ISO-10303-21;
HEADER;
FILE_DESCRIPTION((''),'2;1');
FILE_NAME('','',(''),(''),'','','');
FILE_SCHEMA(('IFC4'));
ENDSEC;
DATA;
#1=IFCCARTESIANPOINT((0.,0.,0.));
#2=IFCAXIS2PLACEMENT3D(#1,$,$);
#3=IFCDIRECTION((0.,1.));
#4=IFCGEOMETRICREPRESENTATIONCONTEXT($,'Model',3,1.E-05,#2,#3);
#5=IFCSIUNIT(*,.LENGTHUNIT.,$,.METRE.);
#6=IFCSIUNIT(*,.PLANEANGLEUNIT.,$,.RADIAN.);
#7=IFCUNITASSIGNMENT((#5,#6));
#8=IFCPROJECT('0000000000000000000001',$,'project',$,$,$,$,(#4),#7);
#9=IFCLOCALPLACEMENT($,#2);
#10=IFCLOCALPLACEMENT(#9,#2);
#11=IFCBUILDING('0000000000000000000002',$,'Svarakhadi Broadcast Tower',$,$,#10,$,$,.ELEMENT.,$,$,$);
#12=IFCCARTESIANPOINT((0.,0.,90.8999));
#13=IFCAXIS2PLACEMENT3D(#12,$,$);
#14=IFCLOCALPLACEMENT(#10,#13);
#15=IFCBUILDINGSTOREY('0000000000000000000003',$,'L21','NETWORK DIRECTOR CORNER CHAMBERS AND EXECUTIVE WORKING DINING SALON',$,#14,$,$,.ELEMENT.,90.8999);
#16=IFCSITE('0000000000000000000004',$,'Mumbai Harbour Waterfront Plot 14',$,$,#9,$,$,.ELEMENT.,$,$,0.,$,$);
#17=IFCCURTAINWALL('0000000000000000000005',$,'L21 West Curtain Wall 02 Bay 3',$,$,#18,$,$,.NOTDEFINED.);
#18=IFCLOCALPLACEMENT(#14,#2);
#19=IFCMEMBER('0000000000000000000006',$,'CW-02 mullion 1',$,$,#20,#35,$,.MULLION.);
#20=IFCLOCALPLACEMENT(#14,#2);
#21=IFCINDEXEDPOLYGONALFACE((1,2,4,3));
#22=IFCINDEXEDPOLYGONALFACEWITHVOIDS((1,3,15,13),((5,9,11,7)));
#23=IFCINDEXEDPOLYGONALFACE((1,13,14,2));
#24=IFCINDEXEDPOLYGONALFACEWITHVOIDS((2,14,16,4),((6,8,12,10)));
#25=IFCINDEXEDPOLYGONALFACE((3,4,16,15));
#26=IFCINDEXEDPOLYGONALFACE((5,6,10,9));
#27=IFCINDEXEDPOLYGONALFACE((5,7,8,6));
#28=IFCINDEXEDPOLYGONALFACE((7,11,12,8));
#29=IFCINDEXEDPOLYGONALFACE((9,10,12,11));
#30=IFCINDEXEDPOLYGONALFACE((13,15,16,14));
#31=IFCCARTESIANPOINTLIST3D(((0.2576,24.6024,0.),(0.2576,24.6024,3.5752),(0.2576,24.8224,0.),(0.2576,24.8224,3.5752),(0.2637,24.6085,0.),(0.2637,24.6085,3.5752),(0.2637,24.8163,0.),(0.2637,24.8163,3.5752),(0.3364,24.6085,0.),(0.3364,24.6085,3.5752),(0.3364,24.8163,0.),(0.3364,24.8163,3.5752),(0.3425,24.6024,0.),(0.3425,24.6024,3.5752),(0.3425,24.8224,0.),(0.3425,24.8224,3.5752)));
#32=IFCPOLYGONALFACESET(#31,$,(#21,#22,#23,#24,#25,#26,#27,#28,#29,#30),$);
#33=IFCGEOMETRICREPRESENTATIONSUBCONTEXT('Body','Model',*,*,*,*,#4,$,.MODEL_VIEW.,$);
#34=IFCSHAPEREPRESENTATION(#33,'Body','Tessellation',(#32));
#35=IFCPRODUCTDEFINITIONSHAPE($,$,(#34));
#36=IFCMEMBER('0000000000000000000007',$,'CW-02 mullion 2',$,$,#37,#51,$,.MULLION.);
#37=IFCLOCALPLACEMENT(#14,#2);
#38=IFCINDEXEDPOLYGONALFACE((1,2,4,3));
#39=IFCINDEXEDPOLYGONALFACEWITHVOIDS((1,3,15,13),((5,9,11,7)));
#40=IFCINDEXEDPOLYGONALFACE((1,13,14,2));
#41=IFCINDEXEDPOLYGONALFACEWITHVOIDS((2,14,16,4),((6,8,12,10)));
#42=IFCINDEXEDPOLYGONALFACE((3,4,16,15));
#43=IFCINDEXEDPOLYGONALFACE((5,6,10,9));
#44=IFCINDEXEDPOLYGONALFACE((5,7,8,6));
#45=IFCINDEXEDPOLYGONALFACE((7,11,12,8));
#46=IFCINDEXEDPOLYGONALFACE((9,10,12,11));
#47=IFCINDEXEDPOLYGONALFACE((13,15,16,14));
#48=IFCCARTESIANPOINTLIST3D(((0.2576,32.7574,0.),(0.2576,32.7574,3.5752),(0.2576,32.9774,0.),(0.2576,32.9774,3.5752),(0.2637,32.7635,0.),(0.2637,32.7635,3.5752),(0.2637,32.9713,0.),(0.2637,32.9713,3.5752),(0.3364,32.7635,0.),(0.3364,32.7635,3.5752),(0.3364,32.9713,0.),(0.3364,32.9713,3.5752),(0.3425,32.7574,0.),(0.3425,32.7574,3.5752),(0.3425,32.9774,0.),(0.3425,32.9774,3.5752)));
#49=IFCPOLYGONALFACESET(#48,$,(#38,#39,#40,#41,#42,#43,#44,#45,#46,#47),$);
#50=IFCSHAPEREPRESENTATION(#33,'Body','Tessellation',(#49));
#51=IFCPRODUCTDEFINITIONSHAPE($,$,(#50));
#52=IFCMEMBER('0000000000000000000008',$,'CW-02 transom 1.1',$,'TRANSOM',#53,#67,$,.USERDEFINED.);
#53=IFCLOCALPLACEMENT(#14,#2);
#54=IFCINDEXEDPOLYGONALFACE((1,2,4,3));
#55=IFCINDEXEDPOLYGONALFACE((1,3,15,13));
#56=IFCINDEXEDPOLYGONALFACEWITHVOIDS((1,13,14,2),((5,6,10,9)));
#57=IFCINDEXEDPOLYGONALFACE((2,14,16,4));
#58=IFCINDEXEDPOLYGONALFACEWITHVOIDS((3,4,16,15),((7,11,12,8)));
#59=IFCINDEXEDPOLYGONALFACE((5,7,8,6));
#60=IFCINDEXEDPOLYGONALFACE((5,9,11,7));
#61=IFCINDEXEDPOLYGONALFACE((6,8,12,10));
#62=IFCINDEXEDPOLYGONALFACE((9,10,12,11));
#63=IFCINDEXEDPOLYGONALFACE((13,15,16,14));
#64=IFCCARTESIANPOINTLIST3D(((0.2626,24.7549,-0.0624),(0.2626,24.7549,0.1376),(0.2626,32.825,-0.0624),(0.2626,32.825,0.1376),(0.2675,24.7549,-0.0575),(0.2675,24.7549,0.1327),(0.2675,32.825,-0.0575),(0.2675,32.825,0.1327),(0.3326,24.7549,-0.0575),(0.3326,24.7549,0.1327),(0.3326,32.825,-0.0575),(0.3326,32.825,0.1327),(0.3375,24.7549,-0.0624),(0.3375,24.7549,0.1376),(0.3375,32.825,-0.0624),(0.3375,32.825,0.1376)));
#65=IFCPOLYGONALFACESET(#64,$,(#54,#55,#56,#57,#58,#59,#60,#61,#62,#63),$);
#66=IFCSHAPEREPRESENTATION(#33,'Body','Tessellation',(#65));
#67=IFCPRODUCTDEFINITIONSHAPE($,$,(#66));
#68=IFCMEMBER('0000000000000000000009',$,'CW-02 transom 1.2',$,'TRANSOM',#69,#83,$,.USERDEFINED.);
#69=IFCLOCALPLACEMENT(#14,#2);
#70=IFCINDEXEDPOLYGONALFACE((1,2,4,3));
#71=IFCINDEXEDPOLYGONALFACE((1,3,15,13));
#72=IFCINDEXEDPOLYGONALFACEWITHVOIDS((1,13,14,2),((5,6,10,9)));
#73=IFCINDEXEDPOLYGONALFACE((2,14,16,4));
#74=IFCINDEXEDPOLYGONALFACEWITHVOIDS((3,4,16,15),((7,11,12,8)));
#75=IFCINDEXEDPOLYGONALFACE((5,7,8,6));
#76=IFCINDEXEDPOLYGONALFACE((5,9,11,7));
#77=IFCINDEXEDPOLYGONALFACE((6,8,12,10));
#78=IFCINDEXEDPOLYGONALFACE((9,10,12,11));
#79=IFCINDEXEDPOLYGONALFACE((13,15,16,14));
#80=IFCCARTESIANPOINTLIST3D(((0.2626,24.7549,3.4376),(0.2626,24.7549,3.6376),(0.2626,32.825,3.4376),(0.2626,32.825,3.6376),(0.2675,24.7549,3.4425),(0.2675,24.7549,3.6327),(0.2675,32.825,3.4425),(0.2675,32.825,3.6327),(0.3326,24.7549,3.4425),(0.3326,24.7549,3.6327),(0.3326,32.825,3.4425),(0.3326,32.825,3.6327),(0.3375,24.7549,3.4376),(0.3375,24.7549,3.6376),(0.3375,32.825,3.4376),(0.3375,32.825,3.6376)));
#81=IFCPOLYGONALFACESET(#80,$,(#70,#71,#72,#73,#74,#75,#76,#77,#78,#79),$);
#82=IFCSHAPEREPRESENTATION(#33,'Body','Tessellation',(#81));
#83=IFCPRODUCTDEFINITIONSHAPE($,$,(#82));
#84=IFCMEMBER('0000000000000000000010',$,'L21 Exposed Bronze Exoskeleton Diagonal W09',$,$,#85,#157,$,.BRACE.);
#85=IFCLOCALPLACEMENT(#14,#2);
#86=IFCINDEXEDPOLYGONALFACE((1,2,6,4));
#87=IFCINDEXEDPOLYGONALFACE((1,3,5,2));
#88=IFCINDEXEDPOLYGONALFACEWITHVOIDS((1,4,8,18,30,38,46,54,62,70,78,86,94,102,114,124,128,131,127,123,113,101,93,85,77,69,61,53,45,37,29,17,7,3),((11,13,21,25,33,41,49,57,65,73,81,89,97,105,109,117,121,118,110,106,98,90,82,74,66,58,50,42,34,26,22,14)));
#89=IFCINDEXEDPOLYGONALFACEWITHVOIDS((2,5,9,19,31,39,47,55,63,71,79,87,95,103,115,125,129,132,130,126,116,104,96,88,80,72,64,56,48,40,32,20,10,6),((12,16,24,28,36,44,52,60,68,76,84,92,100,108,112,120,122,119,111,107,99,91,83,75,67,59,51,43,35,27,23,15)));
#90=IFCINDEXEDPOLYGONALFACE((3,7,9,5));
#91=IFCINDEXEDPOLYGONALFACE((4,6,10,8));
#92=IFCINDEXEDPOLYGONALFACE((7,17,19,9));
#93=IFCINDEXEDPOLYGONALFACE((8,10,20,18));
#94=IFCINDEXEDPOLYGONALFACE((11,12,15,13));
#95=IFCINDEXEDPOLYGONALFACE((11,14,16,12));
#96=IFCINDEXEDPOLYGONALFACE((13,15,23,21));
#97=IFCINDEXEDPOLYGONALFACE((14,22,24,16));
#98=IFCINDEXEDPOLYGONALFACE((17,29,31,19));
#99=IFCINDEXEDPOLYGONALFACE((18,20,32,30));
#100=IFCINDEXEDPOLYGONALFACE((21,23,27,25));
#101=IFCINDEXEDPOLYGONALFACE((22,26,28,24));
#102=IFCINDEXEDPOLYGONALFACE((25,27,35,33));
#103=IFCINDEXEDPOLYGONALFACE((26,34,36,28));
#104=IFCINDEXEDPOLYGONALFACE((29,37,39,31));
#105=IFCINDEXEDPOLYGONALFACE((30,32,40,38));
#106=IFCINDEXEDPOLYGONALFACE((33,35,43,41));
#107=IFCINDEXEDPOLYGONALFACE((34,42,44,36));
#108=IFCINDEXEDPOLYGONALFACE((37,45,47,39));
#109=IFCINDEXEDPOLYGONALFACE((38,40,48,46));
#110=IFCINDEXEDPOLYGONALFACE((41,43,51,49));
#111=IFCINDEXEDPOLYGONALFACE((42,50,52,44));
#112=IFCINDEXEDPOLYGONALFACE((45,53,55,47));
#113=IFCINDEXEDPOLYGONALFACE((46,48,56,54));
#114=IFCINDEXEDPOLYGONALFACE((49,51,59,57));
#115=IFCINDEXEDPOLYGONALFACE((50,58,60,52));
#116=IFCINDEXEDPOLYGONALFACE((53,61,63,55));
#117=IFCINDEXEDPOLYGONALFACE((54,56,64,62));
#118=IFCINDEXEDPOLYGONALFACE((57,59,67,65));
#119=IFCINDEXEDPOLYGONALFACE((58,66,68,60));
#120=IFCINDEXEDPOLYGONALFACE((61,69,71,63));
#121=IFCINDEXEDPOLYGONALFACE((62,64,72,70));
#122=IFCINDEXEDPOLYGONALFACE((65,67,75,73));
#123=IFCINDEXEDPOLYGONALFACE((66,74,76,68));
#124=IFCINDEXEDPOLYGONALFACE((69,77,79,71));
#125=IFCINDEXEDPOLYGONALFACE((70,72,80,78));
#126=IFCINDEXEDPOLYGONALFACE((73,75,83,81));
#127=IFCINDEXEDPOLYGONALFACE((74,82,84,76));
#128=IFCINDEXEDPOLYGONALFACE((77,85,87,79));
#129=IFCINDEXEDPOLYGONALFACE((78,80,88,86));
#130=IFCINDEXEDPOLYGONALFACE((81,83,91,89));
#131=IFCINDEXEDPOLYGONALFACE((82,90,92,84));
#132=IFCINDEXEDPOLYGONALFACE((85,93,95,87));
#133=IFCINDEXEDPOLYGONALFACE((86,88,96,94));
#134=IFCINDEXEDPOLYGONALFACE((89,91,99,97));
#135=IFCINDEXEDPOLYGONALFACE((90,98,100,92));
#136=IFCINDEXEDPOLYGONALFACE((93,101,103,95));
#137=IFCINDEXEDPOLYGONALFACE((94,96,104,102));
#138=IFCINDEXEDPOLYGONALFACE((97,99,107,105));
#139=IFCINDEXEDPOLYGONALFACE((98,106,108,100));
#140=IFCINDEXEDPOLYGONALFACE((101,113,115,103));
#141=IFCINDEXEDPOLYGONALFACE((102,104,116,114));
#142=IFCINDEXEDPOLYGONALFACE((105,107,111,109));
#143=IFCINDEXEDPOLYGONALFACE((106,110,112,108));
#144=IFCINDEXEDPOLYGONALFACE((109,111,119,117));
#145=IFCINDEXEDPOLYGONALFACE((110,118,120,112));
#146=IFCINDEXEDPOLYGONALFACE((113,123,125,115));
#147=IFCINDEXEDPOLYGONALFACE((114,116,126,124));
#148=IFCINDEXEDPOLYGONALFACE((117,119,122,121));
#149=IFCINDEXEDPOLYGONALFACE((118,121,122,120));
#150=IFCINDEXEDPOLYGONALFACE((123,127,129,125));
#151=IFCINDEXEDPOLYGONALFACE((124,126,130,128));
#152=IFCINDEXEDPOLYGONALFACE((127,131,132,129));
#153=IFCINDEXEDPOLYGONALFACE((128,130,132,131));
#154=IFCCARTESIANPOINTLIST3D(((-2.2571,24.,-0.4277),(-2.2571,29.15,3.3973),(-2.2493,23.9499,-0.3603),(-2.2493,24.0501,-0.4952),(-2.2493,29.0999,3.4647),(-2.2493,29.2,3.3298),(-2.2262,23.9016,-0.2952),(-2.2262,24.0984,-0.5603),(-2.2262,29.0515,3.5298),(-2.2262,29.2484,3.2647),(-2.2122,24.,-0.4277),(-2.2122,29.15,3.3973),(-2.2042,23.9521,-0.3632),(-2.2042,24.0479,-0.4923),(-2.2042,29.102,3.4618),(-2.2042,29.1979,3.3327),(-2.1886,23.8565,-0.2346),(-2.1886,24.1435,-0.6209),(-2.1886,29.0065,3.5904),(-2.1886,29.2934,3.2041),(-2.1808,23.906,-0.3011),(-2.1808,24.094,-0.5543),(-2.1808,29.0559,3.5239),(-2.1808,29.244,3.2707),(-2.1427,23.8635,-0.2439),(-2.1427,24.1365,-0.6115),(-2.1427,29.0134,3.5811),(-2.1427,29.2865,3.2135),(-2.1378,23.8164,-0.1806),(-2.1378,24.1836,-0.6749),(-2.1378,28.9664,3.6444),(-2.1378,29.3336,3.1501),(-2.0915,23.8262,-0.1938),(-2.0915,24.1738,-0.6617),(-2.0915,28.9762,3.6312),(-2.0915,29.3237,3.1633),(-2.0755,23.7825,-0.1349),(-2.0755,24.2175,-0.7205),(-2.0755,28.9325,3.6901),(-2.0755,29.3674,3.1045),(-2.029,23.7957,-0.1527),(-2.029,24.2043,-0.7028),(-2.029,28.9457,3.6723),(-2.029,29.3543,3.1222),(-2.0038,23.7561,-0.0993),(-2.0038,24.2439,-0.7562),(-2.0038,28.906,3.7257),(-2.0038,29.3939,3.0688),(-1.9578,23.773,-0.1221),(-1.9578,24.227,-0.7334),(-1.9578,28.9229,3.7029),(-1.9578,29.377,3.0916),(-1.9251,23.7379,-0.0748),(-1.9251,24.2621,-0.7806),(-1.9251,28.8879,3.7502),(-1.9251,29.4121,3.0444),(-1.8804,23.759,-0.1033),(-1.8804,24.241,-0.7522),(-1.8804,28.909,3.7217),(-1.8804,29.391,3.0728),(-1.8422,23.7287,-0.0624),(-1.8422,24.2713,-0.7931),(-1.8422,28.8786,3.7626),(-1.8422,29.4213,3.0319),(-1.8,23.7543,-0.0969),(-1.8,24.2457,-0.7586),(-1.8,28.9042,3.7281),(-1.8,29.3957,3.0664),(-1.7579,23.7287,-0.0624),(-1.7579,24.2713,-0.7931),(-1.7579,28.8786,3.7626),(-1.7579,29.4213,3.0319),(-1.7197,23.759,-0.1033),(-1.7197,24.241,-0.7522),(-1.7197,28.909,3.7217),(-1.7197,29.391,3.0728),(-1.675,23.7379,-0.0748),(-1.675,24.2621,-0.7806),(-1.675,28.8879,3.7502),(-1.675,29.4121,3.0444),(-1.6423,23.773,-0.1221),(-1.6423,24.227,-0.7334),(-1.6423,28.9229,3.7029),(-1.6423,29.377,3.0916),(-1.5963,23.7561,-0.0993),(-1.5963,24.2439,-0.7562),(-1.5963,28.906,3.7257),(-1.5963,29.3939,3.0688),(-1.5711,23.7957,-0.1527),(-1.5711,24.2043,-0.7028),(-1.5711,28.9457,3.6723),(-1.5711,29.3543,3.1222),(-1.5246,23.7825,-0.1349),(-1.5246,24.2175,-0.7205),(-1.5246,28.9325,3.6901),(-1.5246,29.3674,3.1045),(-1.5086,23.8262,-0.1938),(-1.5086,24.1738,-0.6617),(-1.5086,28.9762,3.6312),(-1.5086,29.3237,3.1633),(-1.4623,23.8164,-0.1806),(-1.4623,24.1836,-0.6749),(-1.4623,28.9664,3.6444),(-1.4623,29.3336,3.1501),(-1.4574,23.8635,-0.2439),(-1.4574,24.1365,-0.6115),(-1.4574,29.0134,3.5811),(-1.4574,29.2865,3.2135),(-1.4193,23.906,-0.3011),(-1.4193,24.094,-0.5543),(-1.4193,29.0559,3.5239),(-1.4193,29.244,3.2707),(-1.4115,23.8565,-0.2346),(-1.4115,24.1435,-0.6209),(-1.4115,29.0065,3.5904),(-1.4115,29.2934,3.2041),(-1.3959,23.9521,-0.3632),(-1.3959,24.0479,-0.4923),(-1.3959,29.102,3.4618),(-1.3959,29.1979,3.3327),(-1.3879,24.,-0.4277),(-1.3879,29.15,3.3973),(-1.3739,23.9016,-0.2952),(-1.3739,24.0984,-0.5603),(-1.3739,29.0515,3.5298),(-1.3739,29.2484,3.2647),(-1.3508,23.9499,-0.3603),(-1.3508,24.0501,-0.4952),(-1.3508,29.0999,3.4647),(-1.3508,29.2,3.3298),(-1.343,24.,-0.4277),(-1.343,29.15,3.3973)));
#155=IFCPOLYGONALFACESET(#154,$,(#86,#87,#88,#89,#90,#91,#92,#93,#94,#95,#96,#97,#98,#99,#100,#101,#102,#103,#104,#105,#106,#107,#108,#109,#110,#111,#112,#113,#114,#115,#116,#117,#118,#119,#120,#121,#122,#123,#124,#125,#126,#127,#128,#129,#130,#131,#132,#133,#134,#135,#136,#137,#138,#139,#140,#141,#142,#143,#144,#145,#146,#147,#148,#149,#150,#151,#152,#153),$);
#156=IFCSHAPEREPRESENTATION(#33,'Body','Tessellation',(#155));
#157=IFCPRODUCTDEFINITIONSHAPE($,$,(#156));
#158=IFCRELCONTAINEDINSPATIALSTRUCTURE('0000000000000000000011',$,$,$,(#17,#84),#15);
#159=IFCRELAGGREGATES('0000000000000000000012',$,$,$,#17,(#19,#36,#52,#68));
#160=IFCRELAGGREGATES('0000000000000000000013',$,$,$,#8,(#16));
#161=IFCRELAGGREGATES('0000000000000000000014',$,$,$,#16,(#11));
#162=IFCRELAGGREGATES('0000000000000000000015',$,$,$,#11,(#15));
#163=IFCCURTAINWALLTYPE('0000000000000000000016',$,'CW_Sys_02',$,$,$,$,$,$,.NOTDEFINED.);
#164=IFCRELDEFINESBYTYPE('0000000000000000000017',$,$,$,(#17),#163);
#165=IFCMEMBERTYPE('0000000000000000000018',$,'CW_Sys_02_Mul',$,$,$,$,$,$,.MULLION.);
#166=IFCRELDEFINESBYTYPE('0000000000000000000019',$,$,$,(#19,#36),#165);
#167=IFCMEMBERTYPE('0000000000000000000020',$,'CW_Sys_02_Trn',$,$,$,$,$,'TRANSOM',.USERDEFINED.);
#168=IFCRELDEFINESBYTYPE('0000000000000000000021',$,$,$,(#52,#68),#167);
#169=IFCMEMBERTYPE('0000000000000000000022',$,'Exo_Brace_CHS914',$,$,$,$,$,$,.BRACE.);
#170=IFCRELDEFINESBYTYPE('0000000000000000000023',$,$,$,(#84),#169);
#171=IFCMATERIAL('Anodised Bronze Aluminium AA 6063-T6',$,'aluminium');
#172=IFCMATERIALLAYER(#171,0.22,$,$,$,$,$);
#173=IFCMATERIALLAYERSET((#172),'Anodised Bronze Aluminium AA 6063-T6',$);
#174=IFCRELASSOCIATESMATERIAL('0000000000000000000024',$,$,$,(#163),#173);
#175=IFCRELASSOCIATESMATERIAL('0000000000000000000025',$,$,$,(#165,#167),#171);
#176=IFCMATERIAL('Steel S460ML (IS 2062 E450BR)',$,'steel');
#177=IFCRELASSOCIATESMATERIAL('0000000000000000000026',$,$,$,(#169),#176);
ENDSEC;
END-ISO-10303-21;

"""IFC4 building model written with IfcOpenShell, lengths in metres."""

from ifc_helpers import new_model, si_unit, direction, frame, origin, origin_2d, place, context, subcontext, project, spatial, hollow_rectangle, hollow_circle, extrude, material, layer, layer_set, material_profile, profile_set, type_object, element, aggregate, save


model = new_model("IFC4")

# Units and contexts
model_context = context("Model", 3, precision=1e-05, world=origin(), true_north=direction((0.0, 1.0)))
body_context = subcontext(model_context, "Body", "Model", "MODEL_VIEW")
ifc_project = project(units=[si_unit("LENGTHUNIT", "METRE"), si_unit("PLANEANGLEUNIT", "RADIAN")], contexts=[model_context])

# Site, building, storey
site_placement = place(None, origin())
site = spatial("IfcSite", under=ifc_project, at=site_placement, Name="Mumbai Harbour Waterfront Plot 14", CompositionType="ELEMENT", RefElevation=0.0)
building_placement = place(site_placement, origin())
building = spatial("IfcBuilding", under=site, at=building_placement, Name="Svarakhadi Broadcast Tower", CompositionType="ELEMENT")
storey_placement = place(building_placement, frame((0.0, 0.0, 90.8999)))
storey = spatial("IfcBuildingStorey", under=building, at=storey_placement, Name="L21", Description="NETWORK DIRECTOR CORNER CHAMBERS AND EXECUTIVE WORKING DINING SALON", CompositionType="ELEMENT", Elevation=90.8999)

# Shared definitions
ifc_material_1 = material(Name="Steel S460ML (IS 2062 E450BR)", Category="steel")

# Curtain wall, members
ifc_material_2 = material(Name="Anodised Bronze Aluminium AA 6063-T6", Category="aluminium")
ifc_layer_1 = layer(ifc_material_2, 0.22)
ifc_layer_set_1 = layer_set([ifc_layer_1], Name="Anodised Bronze Aluminium AA 6063-T6")
curtain_wall_type = type_object("IfcCurtainWallType", Name="CW_Sys_02", PredefinedType="NOTDEFINED", material=ifc_layer_set_1)
curtain_wall_placement = place(storey_placement, origin())
curtain_wall = element("IfcCurtainWall", 1, at=curtain_wall_placement, inside=storey, type_object=curtain_wall_type, Name="L21 West Curtain Wall 02 Bay 3", PredefinedType="NOTDEFINED")
ifc_material_profile_1 = material_profile(ifc_material_2, hollow_rectangle(XDim=0.085, YDim=0.22, WallThickness=0.0061, at=origin_2d()), Name="ALU MULLION 220x85x6")
ifc_profile_set_1 = profile_set([ifc_material_profile_1], Name="Anodised Bronze Aluminium AA 6063-T6")
member_type_1 = type_object("IfcMemberType", Name="CW_Sys_02_Mul", PredefinedType="MULLION", material=ifc_profile_set_1)
member_1_placement = place(storey_placement, frame((0.3, 24.7124, 0.0), z_axis=(0.0, 0.0, 1.0), x_axis=(-1.0, 0.0, 0.0)))
member_1 = element("IfcMember", 2, at=member_1_placement, type_object=member_type_1, Name="CW-02 mullion 1", PredefinedType="MULLION", context=body_context, shape_type="SweptSolid", body=[
    extrude(hollow_rectangle(XDim=0.085, YDim=0.22, WallThickness=0.0061, at=origin_2d()), origin(), (0.0, 0.0, 1.0), 3.5752),
])
member_2_placement = place(storey_placement, frame((0.3, 32.8674, 0.0), z_axis=(0.0, 0.0, 1.0), x_axis=(-1.0, 0.0, 0.0)))
member_2 = element("IfcMember", 3, at=member_2_placement, type_object=member_type_1, Name="CW-02 mullion 2", PredefinedType="MULLION", context=body_context, shape_type="SweptSolid", body=[
    extrude(hollow_rectangle(XDim=0.085, YDim=0.22, WallThickness=0.0061, at=origin_2d()), origin(), (0.0, 0.0, 1.0), 3.5752),
])
ifc_material_profile_2 = material_profile(ifc_material_2, hollow_rectangle(XDim=0.075, YDim=0.2, WallThickness=0.0049, at=origin_2d()), Name="ALU TRANSOM 200x75x5")
ifc_profile_set_2 = profile_set([ifc_material_profile_2], Name="Anodised Bronze Aluminium AA 6063-T6")
member_type_2 = type_object("IfcMemberType", Name="CW_Sys_02_Trn", ElementType="TRANSOM", PredefinedType="USERDEFINED", material=ifc_profile_set_2)
member_3_placement = place(storey_placement, frame((0.3, 24.7549, 0.0376), z_axis=(0.0, 1.0, 0.0), x_axis=(-1.0, 0.0, 0.0)))
member_3 = element("IfcMember", 4, at=member_3_placement, type_object=member_type_2, Name="CW-02 transom 1.1", ObjectType="TRANSOM", PredefinedType="USERDEFINED", context=body_context, shape_type="SweptSolid", body=[
    extrude(hollow_rectangle(XDim=0.075, YDim=0.2, WallThickness=0.0049, at=origin_2d()), origin(), (0.0, 0.0, 1.0), 8.0701),
])
member_4_placement = place(storey_placement, frame((0.3, 24.7549, 3.5376), z_axis=(0.0, 1.0, 0.0), x_axis=(-1.0, 0.0, 0.0)))
member_4 = element("IfcMember", 5, at=member_4_placement, type_object=member_type_2, Name="CW-02 transom 1.2", ObjectType="TRANSOM", PredefinedType="USERDEFINED", context=body_context, shape_type="SweptSolid", body=[
    extrude(hollow_rectangle(XDim=0.075, YDim=0.2, WallThickness=0.0049, at=origin_2d()), origin(), (0.0, 0.0, 1.0), 8.0701),
])

# Member
ifc_material_profile_3 = material_profile(ifc_material_1, hollow_circle(Radius=0.457, WallThickness=0.0449, at=origin_2d()), Name="CHS 914x45")
ifc_profile_set_3 = profile_set([ifc_material_profile_3], Name="Steel S460ML (IS 2062 E450BR)")
member_type_3 = type_object("IfcMemberType", Name="Exo_Brace_CHS914", PredefinedType="BRACE", material=ifc_profile_set_3)
member_5_placement = place(storey_placement, frame((-1.8, 24.0, -0.4277), z_axis=(0.0, 0.802795, 0.596255), x_axis=(-1.0, 0.0, 0.0)))
element("IfcMember", 6, at=member_5_placement, inside=storey, type_object=member_type_3, Name="L21 Exposed Bronze Exoskeleton Diagonal W09", PredefinedType="BRACE", context=body_context, shape_type="SweptSolid", body=[
    extrude(hollow_circle(Radius=0.457, WallThickness=0.0449, at=origin_2d()), origin(), (0.0, 0.0, 1.0), 6.415),
])

aggregate(curtain_wall, [member_1, member_2, member_3, member_4])

save(model, "model.ifc")
